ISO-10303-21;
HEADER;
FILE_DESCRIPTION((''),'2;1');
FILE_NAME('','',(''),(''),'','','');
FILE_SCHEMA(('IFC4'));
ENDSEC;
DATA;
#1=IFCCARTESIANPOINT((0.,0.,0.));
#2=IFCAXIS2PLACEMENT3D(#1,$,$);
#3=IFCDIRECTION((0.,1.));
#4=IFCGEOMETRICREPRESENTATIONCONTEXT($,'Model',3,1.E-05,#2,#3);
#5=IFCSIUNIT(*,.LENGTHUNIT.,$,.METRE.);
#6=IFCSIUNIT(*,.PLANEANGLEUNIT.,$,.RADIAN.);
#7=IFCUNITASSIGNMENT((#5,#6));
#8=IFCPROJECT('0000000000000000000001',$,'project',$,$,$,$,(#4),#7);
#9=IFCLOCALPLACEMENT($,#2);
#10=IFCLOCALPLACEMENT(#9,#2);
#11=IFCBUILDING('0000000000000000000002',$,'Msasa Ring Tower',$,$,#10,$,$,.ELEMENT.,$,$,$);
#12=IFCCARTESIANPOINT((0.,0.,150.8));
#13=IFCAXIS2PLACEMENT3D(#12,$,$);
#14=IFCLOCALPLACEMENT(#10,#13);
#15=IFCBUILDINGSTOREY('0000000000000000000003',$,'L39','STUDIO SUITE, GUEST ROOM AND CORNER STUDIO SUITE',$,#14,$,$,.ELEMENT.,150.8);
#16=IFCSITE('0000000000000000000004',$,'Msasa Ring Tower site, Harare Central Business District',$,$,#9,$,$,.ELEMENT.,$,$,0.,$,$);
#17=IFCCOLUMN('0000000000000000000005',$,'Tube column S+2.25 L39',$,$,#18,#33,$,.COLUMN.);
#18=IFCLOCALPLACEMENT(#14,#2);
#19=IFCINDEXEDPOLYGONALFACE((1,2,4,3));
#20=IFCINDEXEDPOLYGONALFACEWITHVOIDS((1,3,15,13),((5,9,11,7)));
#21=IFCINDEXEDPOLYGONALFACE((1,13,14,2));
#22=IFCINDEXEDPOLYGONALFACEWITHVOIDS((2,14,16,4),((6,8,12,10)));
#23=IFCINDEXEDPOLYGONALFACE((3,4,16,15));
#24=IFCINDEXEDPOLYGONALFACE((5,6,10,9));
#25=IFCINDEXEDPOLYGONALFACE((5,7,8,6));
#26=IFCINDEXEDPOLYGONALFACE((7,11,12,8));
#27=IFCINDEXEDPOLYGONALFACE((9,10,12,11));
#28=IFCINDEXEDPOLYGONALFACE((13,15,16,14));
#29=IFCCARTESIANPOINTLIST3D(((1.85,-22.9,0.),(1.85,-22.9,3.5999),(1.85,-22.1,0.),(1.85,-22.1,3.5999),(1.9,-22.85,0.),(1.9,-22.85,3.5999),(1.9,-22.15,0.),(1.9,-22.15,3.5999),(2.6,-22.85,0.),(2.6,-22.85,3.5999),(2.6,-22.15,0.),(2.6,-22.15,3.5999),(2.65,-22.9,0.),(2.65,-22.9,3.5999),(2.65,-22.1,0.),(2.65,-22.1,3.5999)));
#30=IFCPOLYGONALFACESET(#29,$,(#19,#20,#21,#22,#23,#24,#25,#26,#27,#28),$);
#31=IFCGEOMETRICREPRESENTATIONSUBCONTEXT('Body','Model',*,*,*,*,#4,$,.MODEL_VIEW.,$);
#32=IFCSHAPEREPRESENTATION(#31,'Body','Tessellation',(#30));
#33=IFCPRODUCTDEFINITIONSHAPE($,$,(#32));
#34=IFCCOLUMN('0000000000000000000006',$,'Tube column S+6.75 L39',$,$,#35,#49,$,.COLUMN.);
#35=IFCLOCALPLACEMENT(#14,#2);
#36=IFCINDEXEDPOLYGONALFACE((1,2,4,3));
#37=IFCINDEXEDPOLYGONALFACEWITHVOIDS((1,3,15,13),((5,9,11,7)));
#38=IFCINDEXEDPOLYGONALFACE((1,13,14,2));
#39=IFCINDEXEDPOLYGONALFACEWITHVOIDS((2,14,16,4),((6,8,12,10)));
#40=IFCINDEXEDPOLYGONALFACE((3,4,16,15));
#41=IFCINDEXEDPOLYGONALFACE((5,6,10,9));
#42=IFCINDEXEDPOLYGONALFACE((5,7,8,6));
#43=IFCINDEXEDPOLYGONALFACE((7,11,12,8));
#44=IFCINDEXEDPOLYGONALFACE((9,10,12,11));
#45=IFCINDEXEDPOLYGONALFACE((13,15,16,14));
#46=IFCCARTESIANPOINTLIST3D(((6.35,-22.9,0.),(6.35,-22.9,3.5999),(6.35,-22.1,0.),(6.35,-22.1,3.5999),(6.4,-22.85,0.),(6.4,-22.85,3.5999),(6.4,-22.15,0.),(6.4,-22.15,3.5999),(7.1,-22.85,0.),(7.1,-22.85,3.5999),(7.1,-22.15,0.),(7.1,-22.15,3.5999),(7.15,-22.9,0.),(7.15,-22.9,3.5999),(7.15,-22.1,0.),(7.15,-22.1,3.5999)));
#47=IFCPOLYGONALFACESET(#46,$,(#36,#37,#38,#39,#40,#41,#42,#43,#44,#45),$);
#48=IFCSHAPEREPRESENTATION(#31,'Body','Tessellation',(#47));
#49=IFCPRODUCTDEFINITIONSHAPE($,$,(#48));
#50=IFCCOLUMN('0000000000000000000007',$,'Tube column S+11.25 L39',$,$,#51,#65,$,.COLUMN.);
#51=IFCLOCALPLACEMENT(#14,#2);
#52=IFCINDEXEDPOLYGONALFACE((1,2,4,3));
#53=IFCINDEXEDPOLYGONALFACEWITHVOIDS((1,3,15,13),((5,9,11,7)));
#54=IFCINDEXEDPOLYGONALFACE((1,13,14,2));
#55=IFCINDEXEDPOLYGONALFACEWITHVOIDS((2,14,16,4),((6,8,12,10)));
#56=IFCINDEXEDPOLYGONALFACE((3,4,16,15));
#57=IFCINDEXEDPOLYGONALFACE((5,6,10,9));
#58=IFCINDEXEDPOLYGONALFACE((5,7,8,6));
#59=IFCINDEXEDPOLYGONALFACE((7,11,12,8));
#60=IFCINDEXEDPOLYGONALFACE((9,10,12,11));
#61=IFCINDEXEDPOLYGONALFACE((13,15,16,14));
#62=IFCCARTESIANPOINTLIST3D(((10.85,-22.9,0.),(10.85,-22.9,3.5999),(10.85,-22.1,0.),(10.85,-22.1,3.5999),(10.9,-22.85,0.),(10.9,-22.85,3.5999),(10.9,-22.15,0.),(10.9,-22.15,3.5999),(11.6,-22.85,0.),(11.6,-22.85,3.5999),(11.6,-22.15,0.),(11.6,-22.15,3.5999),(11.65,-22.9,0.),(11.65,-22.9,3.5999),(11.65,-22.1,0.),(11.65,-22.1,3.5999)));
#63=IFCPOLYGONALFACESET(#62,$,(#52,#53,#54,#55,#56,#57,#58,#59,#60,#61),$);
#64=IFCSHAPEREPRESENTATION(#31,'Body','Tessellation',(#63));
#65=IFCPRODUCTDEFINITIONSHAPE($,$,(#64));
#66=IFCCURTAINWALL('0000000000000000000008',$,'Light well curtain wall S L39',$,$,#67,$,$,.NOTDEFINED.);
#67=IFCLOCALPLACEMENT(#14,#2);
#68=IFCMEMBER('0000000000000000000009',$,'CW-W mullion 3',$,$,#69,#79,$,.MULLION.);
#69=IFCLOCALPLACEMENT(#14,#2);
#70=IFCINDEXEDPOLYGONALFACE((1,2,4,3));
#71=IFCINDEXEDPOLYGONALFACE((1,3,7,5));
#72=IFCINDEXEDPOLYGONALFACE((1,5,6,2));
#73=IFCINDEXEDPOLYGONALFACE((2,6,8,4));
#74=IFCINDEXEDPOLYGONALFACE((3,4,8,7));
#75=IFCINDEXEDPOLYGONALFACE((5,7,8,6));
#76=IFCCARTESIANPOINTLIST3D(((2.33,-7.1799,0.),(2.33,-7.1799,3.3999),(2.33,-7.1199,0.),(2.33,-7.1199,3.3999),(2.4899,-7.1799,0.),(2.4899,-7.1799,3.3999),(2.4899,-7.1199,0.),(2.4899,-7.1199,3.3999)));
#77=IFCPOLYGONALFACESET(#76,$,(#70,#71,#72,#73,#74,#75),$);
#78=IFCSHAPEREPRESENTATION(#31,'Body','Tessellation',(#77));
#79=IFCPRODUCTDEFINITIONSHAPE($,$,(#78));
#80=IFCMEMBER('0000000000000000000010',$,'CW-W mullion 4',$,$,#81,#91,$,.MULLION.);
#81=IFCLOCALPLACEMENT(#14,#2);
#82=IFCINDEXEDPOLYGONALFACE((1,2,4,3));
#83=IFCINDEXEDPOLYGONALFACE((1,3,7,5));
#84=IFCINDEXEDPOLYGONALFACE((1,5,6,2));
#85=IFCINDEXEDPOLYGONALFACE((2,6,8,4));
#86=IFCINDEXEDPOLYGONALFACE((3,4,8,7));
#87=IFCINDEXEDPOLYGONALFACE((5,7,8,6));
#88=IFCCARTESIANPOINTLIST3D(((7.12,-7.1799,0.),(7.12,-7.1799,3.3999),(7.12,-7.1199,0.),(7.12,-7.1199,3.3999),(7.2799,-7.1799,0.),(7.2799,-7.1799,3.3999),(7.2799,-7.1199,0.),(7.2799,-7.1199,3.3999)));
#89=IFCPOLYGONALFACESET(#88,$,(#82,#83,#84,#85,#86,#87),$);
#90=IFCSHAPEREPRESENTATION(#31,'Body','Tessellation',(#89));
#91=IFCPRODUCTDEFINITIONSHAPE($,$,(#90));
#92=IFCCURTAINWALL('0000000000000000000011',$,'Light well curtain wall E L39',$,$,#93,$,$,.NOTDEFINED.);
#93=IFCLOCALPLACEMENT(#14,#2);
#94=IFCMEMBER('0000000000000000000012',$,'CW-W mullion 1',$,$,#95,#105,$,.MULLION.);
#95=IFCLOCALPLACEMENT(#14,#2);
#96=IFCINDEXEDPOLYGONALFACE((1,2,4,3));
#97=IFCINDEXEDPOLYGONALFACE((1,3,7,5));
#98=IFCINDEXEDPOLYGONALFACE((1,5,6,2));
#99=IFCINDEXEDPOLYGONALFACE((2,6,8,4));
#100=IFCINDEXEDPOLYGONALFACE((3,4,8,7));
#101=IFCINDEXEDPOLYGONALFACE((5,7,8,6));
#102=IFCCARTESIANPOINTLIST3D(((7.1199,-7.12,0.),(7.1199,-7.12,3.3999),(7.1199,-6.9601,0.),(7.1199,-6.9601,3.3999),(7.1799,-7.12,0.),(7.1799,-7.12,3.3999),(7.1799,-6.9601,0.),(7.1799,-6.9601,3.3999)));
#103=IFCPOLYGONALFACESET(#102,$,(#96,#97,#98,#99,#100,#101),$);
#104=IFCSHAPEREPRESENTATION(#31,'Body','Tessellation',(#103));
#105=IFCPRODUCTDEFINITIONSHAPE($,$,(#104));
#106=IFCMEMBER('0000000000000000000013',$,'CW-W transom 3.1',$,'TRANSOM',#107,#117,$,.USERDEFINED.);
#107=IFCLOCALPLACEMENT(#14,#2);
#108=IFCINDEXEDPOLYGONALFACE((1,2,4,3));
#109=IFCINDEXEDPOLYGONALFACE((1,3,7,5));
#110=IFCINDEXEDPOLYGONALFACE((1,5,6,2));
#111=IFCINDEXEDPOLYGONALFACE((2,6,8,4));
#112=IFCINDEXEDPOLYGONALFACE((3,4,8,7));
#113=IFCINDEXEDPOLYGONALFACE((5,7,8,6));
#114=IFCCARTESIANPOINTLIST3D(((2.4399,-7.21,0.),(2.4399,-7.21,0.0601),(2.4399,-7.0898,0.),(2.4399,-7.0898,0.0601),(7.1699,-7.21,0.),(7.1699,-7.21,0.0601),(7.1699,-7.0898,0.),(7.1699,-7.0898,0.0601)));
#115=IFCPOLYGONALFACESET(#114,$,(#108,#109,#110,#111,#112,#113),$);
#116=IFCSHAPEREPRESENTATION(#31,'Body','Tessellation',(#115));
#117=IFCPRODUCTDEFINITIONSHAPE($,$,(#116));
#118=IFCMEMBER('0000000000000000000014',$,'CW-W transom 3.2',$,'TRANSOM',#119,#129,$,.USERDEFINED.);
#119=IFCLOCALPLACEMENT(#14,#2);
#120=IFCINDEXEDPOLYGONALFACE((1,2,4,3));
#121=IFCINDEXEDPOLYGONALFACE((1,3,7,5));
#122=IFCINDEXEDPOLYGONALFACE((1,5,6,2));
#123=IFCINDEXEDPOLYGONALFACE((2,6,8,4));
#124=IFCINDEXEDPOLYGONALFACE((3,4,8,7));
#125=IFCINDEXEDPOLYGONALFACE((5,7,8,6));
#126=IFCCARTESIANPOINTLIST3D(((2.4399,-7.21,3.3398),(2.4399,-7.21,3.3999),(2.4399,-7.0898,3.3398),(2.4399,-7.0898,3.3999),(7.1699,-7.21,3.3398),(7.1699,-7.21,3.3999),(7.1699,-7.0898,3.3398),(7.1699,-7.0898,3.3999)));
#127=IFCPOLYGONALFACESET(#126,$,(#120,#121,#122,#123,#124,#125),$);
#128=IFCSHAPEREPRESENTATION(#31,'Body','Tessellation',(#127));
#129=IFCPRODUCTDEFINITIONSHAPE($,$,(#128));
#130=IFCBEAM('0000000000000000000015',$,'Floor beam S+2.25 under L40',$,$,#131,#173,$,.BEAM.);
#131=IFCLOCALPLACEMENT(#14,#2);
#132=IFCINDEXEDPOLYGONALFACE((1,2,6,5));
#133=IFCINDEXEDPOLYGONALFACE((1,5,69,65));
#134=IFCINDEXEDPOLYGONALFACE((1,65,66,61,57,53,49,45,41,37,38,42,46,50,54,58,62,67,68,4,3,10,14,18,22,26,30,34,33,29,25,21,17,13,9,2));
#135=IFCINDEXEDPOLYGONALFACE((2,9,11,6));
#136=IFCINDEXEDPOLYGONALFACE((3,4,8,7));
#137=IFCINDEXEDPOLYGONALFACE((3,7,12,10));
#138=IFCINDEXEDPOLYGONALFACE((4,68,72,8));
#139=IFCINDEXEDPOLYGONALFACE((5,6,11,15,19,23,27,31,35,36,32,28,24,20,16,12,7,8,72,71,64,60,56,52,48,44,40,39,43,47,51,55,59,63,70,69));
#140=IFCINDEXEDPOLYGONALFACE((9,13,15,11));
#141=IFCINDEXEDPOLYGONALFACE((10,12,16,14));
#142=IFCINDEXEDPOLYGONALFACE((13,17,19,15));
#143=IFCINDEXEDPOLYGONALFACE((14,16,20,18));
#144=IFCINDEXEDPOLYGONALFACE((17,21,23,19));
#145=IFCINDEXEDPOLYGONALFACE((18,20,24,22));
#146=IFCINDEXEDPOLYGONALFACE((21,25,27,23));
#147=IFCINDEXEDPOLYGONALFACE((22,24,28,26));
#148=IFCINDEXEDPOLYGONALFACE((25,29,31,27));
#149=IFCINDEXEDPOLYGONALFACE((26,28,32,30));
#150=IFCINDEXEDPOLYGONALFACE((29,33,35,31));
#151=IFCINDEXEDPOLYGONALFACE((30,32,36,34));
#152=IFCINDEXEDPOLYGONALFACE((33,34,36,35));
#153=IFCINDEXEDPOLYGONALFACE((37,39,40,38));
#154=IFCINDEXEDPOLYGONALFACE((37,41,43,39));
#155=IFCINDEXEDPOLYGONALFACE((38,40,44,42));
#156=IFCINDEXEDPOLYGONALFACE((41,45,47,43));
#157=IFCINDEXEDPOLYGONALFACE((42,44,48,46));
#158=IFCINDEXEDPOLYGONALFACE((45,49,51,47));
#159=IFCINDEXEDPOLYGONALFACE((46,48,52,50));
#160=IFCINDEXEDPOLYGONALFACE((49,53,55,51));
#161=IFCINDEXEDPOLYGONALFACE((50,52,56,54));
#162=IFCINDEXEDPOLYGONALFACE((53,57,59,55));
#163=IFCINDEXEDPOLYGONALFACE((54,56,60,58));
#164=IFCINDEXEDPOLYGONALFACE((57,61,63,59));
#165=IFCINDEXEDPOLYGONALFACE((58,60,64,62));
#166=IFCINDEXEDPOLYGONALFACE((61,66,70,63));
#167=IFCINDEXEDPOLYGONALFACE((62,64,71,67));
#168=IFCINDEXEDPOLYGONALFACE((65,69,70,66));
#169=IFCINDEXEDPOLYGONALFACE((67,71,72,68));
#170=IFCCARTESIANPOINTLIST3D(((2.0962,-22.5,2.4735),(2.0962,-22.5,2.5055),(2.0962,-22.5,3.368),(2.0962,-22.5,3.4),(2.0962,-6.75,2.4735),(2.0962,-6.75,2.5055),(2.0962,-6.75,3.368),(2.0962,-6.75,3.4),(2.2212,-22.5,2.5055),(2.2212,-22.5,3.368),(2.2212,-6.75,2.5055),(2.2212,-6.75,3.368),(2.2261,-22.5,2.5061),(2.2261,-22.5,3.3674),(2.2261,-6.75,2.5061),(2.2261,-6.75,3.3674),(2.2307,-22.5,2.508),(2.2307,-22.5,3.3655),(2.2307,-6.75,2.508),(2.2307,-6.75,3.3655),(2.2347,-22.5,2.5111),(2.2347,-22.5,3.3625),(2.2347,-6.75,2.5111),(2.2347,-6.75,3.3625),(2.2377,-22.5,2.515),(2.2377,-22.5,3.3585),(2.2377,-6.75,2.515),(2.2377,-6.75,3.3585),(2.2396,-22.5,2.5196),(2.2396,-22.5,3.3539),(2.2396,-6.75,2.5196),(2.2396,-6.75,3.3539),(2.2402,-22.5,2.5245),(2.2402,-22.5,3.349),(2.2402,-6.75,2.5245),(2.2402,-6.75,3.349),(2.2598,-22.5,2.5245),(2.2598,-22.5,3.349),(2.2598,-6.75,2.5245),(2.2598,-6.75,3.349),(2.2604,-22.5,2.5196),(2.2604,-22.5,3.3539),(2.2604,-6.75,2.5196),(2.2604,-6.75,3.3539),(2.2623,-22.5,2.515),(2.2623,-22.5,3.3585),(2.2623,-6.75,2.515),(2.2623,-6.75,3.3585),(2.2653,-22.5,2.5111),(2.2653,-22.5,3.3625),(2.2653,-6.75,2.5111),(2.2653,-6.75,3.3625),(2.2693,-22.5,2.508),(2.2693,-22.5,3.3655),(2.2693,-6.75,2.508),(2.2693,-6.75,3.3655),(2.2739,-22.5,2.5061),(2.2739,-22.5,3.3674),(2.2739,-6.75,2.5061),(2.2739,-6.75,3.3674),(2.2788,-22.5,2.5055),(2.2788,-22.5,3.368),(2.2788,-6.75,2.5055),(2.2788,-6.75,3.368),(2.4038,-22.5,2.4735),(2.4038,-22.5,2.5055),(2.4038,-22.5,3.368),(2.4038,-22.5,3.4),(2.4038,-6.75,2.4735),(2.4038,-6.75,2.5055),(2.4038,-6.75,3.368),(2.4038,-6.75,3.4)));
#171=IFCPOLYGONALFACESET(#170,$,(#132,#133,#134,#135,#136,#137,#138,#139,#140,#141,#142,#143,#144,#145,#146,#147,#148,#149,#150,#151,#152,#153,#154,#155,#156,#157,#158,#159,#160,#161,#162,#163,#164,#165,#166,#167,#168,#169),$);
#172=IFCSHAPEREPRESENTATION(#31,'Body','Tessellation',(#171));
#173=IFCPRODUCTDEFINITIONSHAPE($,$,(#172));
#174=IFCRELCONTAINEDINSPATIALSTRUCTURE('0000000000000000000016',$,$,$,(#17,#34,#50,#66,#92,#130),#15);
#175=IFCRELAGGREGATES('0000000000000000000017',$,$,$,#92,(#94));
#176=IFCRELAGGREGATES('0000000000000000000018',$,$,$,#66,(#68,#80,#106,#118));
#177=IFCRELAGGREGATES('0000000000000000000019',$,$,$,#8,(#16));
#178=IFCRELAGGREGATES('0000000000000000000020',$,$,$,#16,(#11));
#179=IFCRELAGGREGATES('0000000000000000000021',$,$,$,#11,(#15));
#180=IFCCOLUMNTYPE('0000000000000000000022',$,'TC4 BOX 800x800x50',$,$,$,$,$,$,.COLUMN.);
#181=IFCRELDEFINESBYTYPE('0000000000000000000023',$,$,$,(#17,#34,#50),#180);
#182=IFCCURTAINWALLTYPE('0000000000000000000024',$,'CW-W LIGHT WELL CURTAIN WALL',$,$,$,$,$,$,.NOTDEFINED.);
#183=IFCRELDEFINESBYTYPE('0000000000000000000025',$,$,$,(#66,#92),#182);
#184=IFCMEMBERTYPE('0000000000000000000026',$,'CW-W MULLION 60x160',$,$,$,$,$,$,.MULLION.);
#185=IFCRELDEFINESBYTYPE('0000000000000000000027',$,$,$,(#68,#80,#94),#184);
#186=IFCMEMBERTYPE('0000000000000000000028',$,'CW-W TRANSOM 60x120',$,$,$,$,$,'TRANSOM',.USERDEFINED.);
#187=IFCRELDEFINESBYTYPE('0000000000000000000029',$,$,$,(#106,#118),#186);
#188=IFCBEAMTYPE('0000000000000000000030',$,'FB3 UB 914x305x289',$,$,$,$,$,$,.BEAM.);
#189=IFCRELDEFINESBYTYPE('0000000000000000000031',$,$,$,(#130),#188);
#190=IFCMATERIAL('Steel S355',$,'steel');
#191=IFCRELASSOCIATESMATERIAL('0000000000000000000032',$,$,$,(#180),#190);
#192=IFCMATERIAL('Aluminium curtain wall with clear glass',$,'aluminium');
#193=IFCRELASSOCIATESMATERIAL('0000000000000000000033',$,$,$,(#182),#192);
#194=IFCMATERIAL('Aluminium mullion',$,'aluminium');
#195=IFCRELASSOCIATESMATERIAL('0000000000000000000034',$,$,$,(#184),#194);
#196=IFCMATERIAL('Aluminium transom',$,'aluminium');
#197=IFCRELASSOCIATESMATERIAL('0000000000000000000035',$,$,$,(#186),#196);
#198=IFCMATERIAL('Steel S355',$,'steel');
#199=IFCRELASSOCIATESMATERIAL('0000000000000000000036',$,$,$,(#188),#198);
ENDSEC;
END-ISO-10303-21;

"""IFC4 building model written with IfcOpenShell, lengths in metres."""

from ifc_helpers import new_model, si_unit, direction, frame, origin, origin_2d, place, context, subcontext, project, spatial, rectangle, hollow_rectangle, i_section, extrude, material, material_profile, profile_set, type_object, element, aggregate, save


model = new_model("IFC4")

# Units and contexts
model_context = context("Model", 3, precision=1e-05, world=origin(), true_north=direction((0.0, 1.0)))
body_context = subcontext(model_context, "Body", "Model", "MODEL_VIEW")
ifc_project = project(units=[si_unit("LENGTHUNIT", "METRE"), si_unit("PLANEANGLEUNIT", "RADIAN")], contexts=[model_context])

# Site, building, storey
site_placement = place(None, origin())
site = spatial("IfcSite", under=ifc_project, at=site_placement, Name="Msasa Ring Tower site, Harare Central Business District", CompositionType="ELEMENT", RefElevation=0.0)
building_placement = place(site_placement, origin())
building = spatial("IfcBuilding", under=site, at=building_placement, Name="Msasa Ring Tower", CompositionType="ELEMENT")
storey_placement = place(building_placement, frame((0.0, 0.0, 150.8)))
storey = spatial("IfcBuildingStorey", under=building, at=storey_placement, Name="L39", Description="STUDIO SUITE, GUEST ROOM AND CORNER STUDIO SUITE", CompositionType="ELEMENT", Elevation=150.8)

# Columns
ifc_material_1 = material(Name="Steel S355", Category="steel")
ifc_material_profile_1 = material_profile(ifc_material_1, hollow_rectangle(XDim=0.8, YDim=0.8, WallThickness=0.05, at=origin_2d()), Name="BOX 800x800x50")
ifc_profile_set_1 = profile_set([ifc_material_profile_1], Name="Steel S355")
column_type = type_object("IfcColumnType", Name="TC4 BOX 800x800x50", PredefinedType="COLUMN", material=ifc_profile_set_1)
for number, where, z_axis, x_axis, name in (
    (1, (2.25, -22.5, 0.0), (0.0, 0.0, 1.0), (0.0, 1.0, 0.0), "Tube column S+2.25 L39"),
    (2, (6.75, -22.5, 0.0), (0.0, 0.0, 1.0), (0.0, 1.0, 0.0), "Tube column S+6.75 L39"),
    (3, (11.25, -22.5, 0.0), (0.0, 0.0, 1.0), (0.0, 1.0, 0.0), "Tube column S+11.25 L39"),
):
    element("IfcColumn", number, at=place(storey_placement, frame(where, z_axis=z_axis, x_axis=x_axis)), inside=storey, type_object=column_type, Name=name, PredefinedType="COLUMN", context=body_context, shape_type="SweptSolid", body=[
        extrude(hollow_rectangle(XDim=0.8, YDim=0.8, WallThickness=0.05, at=origin_2d()), origin(), (0.0, 0.0, 1.0), 3.5999),
    ])

# Curtain wall, members
ifc_material_2 = material(Name="Aluminium curtain wall with clear glass", Category="aluminium")
curtain_wall_type = type_object("IfcCurtainWallType", Name="CW-W LIGHT WELL CURTAIN WALL", PredefinedType="NOTDEFINED", material=ifc_material_2)
curtain_wall_1_placement = place(storey_placement, origin())
curtain_wall_1 = element("IfcCurtainWall", 4, at=curtain_wall_1_placement, inside=storey, type_object=curtain_wall_type, Name="Light well curtain wall S L39", PredefinedType="NOTDEFINED")
ifc_material_3 = material(Name="Aluminium mullion", Category="aluminium")
ifc_material_profile_2 = material_profile(ifc_material_3, rectangle(XDim=0.0601, YDim=0.1599, at=origin_2d()), Name="AL 60x160")
ifc_profile_set_2 = profile_set([ifc_material_profile_2], Name="Aluminium mullion")
member_type_1 = type_object("IfcMemberType", Name="CW-W MULLION 60x160", PredefinedType="MULLION", material=ifc_profile_set_2)
member_1_placement = place(storey_placement, frame((2.4099, -7.1499, 0.0), z_axis=(0.0, 0.0, 1.0), x_axis=(0.0, 1.0, 0.0)))
member_1 = element("IfcMember", 5, at=member_1_placement, type_object=member_type_1, Name="CW-W mullion 3", PredefinedType="MULLION", context=body_context, shape_type="SweptSolid", body=[
    extrude(rectangle(XDim=0.0601, YDim=0.1599, at=origin_2d()), origin(), (0.0, 0.0, 1.0), 3.3999),
])
member_2_placement = place(storey_placement, frame((7.2, -7.1499, 0.0), z_axis=(0.0, 0.0, 1.0), x_axis=(0.0, 1.0, 0.0)))
member_2 = element("IfcMember", 6, at=member_2_placement, type_object=member_type_1, Name="CW-W mullion 4", PredefinedType="MULLION", context=body_context, shape_type="SweptSolid", body=[
    extrude(rectangle(XDim=0.0601, YDim=0.1599, at=origin_2d()), origin(), (0.0, 0.0, 1.0), 3.3999),
])

# Curtain wall, member
curtain_wall_2_placement = place(storey_placement, origin())
curtain_wall_2 = element("IfcCurtainWall", 7, at=curtain_wall_2_placement, inside=storey, type_object=curtain_wall_type, Name="Light well curtain wall E L39", PredefinedType="NOTDEFINED")
member_3_placement = place(storey_placement, frame((7.1499, -7.04, 0.0), z_axis=(0.0, 0.0, 1.0), x_axis=(-1.0, 0.0, 0.0)))
member_3 = element("IfcMember", 8, at=member_3_placement, type_object=member_type_1, Name="CW-W mullion 1", PredefinedType="MULLION", context=body_context, shape_type="SweptSolid", body=[
    extrude(rectangle(XDim=0.0601, YDim=0.1599, at=origin_2d()), origin(), (0.0, 0.0, 1.0), 3.3999),
])
aggregate(curtain_wall_2, [member_3])

# Members
ifc_material_4 = material(Name="Aluminium transom", Category="aluminium")
ifc_material_profile_3 = material_profile(ifc_material_4, rectangle(XDim=0.1201, YDim=0.0601, at=origin_2d()), Name="AL 60x120")
ifc_profile_set_3 = profile_set([ifc_material_profile_3], Name="Aluminium transom")
member_type_2 = type_object("IfcMemberType", Name="CW-W TRANSOM 60x120", ElementType="TRANSOM", PredefinedType="USERDEFINED", material=ifc_profile_set_3)
member_4_placement = place(storey_placement, frame((2.4399, -7.1499, 0.03), z_axis=(1.0, 0.0, 0.0), x_axis=(0.0, 1.0, 0.0)))
member_4 = element("IfcMember", 9, at=member_4_placement, type_object=member_type_2, Name="CW-W transom 3.1", ObjectType="TRANSOM", PredefinedType="USERDEFINED", context=body_context, shape_type="SweptSolid", body=[
    extrude(rectangle(XDim=0.1201, YDim=0.0601, at=origin_2d()), origin(), (0.0, 0.0, 1.0), 4.73),
])
member_5_placement = place(storey_placement, frame((2.4399, -7.1499, 3.3699), z_axis=(1.0, 0.0, 0.0), x_axis=(0.0, 1.0, 0.0)))
member_5 = element("IfcMember", 10, at=member_5_placement, type_object=member_type_2, Name="CW-W transom 3.2", ObjectType="TRANSOM", PredefinedType="USERDEFINED", context=body_context, shape_type="SweptSolid", body=[
    extrude(rectangle(XDim=0.1201, YDim=0.0601, at=origin_2d()), origin(), (0.0, 0.0, 1.0), 4.73),
])

# Beam
ifc_material_5 = material(Name="Steel S355", Category="steel")
ifc_material_profile_4 = material_profile(ifc_material_5, i_section(OverallWidth=0.3076, OverallDepth=0.9265, WebThickness=0.0195, FlangeThickness=0.032, FilletRadius=0.019, at=origin_2d()), Name="UB 914x305x289")
ifc_profile_set_4 = profile_set([ifc_material_profile_4], Name="Steel S355")
beam_type_1 = type_object("IfcBeamType", Name="FB3 UB 914x305x289", PredefinedType="BEAM", material=ifc_profile_set_4)
for number, where, z_axis, x_axis, name in (
    (11, (2.25, -22.5, 2.9368), (0.0, 1.0, 0.0), (-1.0, 0.0, 0.0), "Floor beam S+2.25 under L40"),
):
    element("IfcBeam", number, at=place(storey_placement, frame(where, z_axis=z_axis, x_axis=x_axis)), inside=storey, type_object=beam_type_1, Name=name, PredefinedType="BEAM", context=body_context, shape_type="SweptSolid", body=[
        extrude(i_section(OverallWidth=0.3076, OverallDepth=0.9265, WebThickness=0.0195, FlangeThickness=0.032, FilletRadius=0.019, at=origin_2d()), origin(), (0.0, 0.0, 1.0), 15.75),
    ])

aggregate(curtain_wall_1, [member_1, member_2, member_4, member_5])

save(model, "model.ifc")
